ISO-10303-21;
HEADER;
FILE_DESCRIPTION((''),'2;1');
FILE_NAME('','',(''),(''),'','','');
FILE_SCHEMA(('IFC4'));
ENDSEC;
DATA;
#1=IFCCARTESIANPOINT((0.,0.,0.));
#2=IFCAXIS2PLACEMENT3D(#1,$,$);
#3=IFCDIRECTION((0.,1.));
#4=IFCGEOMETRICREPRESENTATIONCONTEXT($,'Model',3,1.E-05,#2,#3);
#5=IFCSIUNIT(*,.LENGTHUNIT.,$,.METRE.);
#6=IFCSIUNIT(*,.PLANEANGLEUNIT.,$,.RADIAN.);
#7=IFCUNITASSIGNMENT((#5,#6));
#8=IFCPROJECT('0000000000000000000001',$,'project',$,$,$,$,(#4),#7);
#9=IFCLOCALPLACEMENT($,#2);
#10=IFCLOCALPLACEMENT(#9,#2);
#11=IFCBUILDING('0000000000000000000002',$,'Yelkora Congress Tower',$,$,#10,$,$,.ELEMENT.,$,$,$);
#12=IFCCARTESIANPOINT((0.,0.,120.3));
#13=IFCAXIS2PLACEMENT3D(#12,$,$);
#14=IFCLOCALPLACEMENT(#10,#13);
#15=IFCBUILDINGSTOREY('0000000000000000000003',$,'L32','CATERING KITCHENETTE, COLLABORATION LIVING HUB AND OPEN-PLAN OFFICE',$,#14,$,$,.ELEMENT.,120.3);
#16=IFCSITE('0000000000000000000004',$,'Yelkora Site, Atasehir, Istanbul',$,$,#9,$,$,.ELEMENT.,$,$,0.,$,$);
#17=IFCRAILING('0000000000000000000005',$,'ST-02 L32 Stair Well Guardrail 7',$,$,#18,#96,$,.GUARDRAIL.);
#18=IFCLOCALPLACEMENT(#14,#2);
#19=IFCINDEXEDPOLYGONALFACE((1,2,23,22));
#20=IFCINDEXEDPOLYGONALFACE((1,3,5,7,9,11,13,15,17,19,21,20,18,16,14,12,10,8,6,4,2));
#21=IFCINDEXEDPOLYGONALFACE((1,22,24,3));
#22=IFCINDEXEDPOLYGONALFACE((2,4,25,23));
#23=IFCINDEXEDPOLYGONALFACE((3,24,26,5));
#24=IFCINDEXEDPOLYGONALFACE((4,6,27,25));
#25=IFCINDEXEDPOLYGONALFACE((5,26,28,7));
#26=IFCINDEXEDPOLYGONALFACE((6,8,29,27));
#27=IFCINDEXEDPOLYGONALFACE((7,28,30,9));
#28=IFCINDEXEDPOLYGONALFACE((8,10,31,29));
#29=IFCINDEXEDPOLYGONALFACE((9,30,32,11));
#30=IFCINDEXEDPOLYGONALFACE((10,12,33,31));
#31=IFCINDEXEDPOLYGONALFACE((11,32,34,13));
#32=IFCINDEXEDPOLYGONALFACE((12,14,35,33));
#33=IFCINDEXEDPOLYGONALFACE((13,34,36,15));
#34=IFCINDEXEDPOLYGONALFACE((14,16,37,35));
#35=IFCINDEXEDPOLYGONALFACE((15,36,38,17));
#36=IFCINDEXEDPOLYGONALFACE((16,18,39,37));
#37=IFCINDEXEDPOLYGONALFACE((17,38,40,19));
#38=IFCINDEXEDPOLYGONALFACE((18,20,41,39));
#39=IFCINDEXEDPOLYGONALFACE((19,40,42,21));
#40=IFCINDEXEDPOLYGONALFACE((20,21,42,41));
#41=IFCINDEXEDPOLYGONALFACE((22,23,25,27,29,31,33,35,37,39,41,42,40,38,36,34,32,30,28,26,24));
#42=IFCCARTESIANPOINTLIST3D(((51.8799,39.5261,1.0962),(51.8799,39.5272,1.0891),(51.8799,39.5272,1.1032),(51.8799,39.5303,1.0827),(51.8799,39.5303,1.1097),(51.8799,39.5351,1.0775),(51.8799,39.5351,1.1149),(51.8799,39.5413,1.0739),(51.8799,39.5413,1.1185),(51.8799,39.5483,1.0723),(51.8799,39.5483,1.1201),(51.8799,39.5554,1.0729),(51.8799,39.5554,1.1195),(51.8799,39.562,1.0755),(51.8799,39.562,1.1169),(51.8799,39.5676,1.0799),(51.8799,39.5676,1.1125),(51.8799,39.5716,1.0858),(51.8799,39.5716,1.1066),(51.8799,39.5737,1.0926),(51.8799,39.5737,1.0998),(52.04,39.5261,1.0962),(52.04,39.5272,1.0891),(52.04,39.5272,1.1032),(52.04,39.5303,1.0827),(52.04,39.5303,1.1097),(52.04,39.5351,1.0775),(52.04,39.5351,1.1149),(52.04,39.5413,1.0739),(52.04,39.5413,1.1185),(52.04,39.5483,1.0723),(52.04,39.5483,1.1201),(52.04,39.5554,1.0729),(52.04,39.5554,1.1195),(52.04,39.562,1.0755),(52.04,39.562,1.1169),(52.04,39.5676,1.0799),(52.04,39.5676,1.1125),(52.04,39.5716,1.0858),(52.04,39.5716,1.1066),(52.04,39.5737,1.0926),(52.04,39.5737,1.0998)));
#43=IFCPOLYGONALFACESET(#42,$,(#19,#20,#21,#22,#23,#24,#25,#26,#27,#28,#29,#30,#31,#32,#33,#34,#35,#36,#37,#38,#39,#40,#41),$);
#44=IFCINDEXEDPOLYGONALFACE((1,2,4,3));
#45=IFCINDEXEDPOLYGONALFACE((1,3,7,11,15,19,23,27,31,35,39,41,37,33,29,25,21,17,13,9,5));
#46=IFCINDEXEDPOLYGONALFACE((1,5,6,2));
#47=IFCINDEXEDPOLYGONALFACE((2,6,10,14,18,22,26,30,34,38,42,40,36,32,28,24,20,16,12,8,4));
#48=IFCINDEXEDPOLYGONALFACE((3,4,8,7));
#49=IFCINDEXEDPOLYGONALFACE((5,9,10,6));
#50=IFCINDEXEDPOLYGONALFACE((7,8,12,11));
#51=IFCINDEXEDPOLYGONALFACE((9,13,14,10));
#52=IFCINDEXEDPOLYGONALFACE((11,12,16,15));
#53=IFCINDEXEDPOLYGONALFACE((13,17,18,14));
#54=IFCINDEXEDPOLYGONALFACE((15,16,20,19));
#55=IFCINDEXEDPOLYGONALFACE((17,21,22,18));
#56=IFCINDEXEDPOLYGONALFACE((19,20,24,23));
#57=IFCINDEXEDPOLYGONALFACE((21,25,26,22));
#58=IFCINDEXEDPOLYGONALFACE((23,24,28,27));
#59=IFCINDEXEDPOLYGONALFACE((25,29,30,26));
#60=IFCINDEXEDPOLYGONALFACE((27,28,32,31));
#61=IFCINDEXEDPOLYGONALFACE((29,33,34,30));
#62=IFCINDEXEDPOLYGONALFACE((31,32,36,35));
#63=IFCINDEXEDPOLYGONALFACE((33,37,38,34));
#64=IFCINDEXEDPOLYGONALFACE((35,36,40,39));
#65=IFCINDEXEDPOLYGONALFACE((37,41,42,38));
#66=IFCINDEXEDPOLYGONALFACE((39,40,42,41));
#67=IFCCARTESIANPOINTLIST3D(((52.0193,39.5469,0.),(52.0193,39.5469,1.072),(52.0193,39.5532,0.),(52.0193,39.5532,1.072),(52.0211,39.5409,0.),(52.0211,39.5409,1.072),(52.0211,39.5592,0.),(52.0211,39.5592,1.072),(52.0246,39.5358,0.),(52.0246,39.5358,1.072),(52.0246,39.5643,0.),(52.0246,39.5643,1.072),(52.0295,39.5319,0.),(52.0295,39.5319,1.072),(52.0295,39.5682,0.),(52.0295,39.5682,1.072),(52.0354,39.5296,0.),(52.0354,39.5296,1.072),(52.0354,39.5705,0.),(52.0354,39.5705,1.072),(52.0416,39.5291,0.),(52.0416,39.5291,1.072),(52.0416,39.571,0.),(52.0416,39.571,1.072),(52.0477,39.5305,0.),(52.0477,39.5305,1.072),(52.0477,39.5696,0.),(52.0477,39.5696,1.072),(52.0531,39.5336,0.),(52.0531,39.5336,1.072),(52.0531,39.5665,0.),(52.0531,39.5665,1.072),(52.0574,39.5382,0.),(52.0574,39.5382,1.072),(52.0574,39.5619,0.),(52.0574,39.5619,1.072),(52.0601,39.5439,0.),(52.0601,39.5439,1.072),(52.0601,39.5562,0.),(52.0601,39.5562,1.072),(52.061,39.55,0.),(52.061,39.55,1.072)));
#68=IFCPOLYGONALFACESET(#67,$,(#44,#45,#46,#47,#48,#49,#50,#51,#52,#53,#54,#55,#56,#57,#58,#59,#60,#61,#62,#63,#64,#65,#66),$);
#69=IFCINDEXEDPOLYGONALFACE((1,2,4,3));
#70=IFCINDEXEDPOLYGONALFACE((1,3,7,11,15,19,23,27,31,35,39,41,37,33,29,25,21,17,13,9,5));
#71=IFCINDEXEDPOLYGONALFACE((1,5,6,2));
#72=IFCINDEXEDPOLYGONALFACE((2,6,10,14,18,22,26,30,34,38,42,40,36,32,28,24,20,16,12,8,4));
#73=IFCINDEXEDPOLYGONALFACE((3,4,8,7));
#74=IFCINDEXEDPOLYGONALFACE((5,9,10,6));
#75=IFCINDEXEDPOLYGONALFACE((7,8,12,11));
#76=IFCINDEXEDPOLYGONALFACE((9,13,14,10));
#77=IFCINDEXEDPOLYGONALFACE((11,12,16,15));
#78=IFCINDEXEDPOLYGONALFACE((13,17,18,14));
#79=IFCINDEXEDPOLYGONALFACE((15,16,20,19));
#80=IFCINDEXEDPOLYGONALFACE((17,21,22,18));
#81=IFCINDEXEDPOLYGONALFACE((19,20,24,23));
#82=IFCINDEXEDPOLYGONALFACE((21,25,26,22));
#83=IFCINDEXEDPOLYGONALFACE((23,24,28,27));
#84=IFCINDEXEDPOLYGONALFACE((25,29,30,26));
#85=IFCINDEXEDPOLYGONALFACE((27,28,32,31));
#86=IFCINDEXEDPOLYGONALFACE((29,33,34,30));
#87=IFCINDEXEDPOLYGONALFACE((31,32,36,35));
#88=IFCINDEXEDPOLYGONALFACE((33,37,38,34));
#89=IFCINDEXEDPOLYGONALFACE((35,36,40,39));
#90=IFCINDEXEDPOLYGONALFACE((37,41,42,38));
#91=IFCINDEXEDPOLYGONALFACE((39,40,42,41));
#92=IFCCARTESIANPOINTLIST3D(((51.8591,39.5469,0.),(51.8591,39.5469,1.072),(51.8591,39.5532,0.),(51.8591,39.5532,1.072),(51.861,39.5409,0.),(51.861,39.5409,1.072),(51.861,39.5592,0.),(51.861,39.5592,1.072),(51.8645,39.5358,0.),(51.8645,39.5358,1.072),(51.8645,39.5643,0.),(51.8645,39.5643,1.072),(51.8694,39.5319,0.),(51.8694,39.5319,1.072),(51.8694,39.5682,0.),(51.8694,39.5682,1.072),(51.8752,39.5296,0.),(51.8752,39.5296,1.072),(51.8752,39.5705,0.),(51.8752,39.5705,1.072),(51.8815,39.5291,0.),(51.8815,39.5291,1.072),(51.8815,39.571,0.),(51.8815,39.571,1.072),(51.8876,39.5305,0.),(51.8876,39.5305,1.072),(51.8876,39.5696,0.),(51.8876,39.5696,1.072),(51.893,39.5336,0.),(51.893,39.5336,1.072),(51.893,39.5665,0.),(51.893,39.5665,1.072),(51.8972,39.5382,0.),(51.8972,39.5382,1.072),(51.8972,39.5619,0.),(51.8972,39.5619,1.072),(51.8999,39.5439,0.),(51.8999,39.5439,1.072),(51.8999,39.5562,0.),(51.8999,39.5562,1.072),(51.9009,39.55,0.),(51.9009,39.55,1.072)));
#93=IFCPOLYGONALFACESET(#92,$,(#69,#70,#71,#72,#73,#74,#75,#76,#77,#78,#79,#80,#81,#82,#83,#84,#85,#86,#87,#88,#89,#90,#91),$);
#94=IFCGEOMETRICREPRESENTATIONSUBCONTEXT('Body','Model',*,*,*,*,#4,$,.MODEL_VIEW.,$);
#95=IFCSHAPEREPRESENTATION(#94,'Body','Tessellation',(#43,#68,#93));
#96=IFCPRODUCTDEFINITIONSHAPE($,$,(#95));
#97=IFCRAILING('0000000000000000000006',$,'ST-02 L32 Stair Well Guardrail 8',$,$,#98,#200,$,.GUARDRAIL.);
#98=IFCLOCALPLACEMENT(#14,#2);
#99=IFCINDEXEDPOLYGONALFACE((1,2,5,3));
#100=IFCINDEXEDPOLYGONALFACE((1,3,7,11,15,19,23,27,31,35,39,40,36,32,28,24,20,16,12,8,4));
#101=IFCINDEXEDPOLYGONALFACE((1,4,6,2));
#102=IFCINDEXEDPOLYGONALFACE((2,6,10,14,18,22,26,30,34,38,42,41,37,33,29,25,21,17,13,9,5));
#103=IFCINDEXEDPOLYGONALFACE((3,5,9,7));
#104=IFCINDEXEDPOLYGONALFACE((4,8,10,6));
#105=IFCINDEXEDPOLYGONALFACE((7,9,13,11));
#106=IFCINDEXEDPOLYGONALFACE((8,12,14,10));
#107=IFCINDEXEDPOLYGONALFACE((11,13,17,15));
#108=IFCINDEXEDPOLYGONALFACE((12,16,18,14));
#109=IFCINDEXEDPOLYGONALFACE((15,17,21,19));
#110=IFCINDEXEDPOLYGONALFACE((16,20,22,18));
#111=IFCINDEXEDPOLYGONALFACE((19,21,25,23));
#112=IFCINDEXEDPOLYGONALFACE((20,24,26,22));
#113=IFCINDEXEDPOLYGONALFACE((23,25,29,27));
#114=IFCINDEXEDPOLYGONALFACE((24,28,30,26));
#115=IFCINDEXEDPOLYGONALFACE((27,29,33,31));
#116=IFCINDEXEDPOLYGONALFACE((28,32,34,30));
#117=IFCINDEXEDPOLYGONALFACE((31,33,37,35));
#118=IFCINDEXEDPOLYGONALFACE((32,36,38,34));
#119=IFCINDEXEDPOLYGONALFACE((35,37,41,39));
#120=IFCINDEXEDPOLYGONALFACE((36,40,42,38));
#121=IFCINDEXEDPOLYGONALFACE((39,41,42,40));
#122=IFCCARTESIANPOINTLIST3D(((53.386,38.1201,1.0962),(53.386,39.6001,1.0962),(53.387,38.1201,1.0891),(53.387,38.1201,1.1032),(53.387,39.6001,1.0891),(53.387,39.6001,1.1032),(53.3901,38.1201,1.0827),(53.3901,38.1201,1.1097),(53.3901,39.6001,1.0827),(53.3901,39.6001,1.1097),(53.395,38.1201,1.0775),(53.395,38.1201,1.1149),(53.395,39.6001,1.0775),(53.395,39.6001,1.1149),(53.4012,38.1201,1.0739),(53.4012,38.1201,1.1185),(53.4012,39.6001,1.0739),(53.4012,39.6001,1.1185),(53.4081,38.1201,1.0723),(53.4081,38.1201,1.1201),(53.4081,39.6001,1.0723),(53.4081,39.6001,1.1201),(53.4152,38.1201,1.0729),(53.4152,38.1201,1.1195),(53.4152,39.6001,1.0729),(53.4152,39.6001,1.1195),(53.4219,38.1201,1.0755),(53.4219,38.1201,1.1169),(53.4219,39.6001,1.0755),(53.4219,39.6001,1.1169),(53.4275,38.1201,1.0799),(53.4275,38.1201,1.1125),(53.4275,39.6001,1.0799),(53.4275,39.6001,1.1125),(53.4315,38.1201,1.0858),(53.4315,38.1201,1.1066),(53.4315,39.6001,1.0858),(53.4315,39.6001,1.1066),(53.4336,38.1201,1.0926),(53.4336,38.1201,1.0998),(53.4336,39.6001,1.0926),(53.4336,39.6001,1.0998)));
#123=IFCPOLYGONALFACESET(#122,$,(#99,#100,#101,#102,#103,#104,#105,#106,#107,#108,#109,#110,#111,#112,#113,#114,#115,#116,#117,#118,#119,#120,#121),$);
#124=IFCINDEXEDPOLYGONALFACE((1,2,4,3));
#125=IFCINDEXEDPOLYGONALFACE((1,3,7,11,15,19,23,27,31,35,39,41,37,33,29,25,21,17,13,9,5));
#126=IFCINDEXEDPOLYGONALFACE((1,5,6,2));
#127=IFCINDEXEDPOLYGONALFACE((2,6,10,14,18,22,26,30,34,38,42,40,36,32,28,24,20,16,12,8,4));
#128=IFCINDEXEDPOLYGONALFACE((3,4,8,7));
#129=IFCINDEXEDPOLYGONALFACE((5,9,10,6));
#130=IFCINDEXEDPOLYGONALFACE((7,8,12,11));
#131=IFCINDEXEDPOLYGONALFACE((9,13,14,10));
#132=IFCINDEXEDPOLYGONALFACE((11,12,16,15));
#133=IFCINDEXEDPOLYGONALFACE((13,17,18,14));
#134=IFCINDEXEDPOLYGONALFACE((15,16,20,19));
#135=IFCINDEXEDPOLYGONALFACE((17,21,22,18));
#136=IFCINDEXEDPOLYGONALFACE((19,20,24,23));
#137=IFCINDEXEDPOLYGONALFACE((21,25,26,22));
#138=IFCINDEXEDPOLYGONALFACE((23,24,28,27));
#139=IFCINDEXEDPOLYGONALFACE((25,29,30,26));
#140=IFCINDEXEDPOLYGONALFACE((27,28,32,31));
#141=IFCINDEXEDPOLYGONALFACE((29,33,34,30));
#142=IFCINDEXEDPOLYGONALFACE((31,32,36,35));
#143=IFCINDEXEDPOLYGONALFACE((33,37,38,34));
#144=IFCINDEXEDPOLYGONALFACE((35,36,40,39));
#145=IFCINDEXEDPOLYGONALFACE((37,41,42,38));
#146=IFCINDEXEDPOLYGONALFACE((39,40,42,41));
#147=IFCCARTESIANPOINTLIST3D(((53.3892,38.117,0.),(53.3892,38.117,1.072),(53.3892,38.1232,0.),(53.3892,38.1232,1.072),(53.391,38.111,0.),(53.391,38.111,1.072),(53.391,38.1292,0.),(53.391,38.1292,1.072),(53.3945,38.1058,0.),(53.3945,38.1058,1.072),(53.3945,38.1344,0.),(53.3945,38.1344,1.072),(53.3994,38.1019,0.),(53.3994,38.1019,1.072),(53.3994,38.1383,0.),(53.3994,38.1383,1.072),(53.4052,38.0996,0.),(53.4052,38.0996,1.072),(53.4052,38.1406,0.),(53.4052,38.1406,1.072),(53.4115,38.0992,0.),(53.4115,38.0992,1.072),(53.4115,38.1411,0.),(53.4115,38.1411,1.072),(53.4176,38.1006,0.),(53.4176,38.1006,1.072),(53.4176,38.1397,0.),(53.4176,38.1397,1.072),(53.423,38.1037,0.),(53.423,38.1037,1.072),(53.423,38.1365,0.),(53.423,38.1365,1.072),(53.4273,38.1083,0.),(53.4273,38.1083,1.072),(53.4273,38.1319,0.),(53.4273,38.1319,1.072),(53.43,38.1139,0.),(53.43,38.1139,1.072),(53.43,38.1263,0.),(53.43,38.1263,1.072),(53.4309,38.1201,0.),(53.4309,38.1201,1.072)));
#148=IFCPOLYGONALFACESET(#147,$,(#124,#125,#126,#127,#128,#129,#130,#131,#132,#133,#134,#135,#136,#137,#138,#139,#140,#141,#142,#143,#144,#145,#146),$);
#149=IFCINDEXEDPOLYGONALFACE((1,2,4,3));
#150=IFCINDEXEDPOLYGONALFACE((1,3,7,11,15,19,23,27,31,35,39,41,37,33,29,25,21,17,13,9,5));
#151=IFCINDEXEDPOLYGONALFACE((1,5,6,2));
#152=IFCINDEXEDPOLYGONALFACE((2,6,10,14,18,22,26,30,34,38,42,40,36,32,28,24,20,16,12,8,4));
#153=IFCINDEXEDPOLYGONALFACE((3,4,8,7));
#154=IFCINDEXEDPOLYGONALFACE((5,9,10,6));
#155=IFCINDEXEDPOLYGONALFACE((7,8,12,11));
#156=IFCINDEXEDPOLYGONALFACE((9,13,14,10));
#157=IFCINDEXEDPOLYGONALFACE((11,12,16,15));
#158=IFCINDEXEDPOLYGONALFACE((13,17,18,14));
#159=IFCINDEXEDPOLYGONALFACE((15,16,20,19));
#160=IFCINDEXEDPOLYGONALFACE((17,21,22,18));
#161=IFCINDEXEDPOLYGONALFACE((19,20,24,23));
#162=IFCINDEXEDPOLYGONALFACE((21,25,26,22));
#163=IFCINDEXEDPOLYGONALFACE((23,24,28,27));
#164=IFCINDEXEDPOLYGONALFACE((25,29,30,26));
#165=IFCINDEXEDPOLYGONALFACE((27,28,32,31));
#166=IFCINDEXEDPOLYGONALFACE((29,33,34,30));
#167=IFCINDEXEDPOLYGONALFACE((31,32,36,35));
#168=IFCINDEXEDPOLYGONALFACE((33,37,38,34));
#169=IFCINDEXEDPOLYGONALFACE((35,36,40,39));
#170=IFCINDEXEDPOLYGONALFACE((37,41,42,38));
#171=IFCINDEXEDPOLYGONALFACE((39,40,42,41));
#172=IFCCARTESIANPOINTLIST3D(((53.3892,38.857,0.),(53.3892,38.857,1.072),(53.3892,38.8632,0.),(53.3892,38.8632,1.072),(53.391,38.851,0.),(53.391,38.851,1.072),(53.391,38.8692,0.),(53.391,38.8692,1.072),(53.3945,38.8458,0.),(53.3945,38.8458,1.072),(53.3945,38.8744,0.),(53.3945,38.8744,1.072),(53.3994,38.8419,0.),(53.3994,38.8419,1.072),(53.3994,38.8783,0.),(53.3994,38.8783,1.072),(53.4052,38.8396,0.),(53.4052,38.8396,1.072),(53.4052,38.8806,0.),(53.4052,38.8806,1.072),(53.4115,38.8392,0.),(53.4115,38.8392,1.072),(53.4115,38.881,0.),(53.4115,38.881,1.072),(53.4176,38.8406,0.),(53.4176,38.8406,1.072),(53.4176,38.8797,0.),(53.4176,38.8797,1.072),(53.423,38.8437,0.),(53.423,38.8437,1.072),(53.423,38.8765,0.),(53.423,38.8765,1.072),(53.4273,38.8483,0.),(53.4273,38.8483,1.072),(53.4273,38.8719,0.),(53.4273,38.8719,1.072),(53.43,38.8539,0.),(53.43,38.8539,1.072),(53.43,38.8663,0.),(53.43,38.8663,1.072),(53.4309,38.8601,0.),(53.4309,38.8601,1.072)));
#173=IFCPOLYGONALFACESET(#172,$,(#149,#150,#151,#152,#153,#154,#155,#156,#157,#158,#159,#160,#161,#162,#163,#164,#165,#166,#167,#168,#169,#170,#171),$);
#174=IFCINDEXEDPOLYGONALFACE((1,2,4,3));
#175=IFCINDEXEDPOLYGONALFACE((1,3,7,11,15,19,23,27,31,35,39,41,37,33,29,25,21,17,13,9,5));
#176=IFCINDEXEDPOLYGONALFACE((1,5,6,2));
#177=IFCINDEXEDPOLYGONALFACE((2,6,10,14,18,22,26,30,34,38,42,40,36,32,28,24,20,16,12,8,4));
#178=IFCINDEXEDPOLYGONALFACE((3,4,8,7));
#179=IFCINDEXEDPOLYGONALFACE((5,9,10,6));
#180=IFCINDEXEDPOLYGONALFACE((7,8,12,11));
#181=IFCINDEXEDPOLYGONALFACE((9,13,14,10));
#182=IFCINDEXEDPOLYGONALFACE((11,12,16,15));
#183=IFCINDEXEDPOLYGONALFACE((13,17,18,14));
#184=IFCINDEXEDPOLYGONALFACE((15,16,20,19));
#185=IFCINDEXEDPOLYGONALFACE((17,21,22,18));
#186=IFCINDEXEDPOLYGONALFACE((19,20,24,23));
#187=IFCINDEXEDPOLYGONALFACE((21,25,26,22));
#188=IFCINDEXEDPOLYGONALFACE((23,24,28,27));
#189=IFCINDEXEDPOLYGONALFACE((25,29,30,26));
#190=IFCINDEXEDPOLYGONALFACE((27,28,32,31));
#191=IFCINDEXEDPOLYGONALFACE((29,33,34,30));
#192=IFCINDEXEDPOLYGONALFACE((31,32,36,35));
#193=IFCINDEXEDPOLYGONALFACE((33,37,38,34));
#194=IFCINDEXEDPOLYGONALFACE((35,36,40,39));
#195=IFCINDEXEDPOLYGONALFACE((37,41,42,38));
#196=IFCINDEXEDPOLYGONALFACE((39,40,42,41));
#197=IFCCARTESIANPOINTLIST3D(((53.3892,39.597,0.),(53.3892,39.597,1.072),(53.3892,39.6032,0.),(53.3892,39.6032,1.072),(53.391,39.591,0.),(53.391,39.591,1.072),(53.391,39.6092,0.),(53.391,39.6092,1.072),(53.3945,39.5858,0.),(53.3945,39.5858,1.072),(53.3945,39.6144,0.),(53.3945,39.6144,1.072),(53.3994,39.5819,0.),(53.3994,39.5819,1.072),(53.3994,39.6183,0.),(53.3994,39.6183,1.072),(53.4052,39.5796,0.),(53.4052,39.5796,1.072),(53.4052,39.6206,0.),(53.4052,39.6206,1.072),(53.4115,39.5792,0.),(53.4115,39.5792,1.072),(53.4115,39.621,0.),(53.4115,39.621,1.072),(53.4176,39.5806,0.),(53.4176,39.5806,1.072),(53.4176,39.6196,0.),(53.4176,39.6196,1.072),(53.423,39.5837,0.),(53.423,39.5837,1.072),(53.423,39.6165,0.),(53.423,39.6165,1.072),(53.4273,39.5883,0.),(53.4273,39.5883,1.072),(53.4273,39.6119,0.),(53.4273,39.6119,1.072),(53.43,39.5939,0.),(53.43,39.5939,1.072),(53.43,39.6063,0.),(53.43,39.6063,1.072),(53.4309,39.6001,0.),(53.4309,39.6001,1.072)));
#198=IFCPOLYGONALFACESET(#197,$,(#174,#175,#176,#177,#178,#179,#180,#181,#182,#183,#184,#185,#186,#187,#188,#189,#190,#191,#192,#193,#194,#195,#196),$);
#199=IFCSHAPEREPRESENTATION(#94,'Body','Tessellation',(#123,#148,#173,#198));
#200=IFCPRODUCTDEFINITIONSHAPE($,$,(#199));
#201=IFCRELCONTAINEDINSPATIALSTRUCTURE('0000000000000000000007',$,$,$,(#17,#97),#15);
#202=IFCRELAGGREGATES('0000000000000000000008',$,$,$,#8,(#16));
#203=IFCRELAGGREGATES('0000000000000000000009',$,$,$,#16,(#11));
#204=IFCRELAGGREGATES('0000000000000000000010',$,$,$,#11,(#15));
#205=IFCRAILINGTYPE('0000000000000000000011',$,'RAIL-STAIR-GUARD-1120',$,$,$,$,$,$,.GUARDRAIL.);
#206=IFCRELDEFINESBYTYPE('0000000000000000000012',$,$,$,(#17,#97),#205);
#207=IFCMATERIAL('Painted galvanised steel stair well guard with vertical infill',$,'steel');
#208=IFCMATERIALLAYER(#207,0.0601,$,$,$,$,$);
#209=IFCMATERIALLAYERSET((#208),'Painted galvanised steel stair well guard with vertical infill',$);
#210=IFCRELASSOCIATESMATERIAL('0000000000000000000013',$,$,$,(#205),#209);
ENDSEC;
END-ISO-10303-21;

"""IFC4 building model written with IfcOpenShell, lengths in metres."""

from ifc_helpers import new_model, si_unit, direction, frame, origin, origin_2d, place, context, subcontext, project, spatial, circle, extrude, material, layer, layer_set, type_object, element, save


model = new_model("IFC4")

# Units and contexts
model_context = context("Model", 3, precision=1e-05, world=origin(), true_north=direction((0.0, 1.0)))
body_context = subcontext(model_context, "Body", "Model", "MODEL_VIEW")
ifc_project = project(units=[si_unit("LENGTHUNIT", "METRE"), si_unit("PLANEANGLEUNIT", "RADIAN")], contexts=[model_context])

# Site, building, storey
site_placement = place(None, origin())
site = spatial("IfcSite", under=ifc_project, at=site_placement, Name="Yelkora Site, Atasehir, Istanbul", CompositionType="ELEMENT", RefElevation=0.0)
building_placement = place(site_placement, origin())
building = spatial("IfcBuilding", under=site, at=building_placement, Name="Yelkora Congress Tower", CompositionType="ELEMENT")
storey_placement = place(building_placement, frame((0.0, 0.0, 120.3)))
storey = spatial("IfcBuildingStorey", under=building, at=storey_placement, Name="L32", Description="CATERING KITCHENETTE, COLLABORATION LIVING HUB AND OPEN-PLAN OFFICE", CompositionType="ELEMENT", Elevation=120.3)

# Railings
ifc_material_1 = material(Name="Painted galvanised steel stair well guard with vertical infill", Category="steel")
ifc_layer_1 = layer(ifc_material_1, 0.0601)
ifc_layer_set_1 = layer_set([ifc_layer_1], Name="Painted galvanised steel stair well guard with vertical infill")
railing_type_1 = type_object("IfcRailingType", Name="RAIL-STAIR-GUARD-1120", PredefinedType="GUARDRAIL", material=ifc_layer_set_1)
railing_1_placement = place(storey_placement, frame((52.04, 39.55, 0.0)))
element("IfcRailing", 1, at=railing_1_placement, inside=storey, type_object=railing_type_1, Name="ST-02 L32 Stair Well Guardrail 7", PredefinedType="GUARDRAIL", context=body_context, shape_type="SweptSolid", body=[
    extrude(circle(Radius=0.0239, at=origin_2d()), frame((0.0, 0.0, 1.0962), z_axis=(-1.0, 0.0, 0.0), x_axis=(0.0, -1.0, 0.0)), (0.0, 0.0, 1.0), 0.1602),
    extrude(circle(Radius=0.021, at=origin_2d()), origin(), (0.0, 0.0, 1.0), 1.072),
    extrude(circle(Radius=0.021, at=origin_2d()), frame((-0.1602, 0.0, 0.0)), (0.0, 0.0, 1.0), 1.072),
])
for number, where, name in (
    (2, (53.4099, 38.1201, 0.0), "ST-02 L32 Stair Well Guardrail 8"),
):
    element("IfcRailing", number, at=place(storey_placement, frame(where)), inside=storey, type_object=railing_type_1, Name=name, PredefinedType="GUARDRAIL", context=body_context, shape_type="SweptSolid", body=[
        extrude(circle(Radius=0.0239, at=origin_2d()), frame((0.0, 0.0, 1.0962), z_axis=(0.0, 1.0, 0.0), x_axis=(-1.0, 0.0, 0.0)), (0.0, 0.0, 1.0), 1.48),
        extrude(circle(Radius=0.021, at=origin_2d()), origin(), (0.0, 0.0, 1.0), 1.072),
        extrude(circle(Radius=0.021, at=origin_2d()), frame((0.0, 0.74, 0.0)), (0.0, 0.0, 1.0), 1.072),
        extrude(circle(Radius=0.021, at=origin_2d()), frame((0.0, 1.48, 0.0)), (0.0, 0.0, 1.0), 1.072),
    ])

save(model, "model.ifc")
